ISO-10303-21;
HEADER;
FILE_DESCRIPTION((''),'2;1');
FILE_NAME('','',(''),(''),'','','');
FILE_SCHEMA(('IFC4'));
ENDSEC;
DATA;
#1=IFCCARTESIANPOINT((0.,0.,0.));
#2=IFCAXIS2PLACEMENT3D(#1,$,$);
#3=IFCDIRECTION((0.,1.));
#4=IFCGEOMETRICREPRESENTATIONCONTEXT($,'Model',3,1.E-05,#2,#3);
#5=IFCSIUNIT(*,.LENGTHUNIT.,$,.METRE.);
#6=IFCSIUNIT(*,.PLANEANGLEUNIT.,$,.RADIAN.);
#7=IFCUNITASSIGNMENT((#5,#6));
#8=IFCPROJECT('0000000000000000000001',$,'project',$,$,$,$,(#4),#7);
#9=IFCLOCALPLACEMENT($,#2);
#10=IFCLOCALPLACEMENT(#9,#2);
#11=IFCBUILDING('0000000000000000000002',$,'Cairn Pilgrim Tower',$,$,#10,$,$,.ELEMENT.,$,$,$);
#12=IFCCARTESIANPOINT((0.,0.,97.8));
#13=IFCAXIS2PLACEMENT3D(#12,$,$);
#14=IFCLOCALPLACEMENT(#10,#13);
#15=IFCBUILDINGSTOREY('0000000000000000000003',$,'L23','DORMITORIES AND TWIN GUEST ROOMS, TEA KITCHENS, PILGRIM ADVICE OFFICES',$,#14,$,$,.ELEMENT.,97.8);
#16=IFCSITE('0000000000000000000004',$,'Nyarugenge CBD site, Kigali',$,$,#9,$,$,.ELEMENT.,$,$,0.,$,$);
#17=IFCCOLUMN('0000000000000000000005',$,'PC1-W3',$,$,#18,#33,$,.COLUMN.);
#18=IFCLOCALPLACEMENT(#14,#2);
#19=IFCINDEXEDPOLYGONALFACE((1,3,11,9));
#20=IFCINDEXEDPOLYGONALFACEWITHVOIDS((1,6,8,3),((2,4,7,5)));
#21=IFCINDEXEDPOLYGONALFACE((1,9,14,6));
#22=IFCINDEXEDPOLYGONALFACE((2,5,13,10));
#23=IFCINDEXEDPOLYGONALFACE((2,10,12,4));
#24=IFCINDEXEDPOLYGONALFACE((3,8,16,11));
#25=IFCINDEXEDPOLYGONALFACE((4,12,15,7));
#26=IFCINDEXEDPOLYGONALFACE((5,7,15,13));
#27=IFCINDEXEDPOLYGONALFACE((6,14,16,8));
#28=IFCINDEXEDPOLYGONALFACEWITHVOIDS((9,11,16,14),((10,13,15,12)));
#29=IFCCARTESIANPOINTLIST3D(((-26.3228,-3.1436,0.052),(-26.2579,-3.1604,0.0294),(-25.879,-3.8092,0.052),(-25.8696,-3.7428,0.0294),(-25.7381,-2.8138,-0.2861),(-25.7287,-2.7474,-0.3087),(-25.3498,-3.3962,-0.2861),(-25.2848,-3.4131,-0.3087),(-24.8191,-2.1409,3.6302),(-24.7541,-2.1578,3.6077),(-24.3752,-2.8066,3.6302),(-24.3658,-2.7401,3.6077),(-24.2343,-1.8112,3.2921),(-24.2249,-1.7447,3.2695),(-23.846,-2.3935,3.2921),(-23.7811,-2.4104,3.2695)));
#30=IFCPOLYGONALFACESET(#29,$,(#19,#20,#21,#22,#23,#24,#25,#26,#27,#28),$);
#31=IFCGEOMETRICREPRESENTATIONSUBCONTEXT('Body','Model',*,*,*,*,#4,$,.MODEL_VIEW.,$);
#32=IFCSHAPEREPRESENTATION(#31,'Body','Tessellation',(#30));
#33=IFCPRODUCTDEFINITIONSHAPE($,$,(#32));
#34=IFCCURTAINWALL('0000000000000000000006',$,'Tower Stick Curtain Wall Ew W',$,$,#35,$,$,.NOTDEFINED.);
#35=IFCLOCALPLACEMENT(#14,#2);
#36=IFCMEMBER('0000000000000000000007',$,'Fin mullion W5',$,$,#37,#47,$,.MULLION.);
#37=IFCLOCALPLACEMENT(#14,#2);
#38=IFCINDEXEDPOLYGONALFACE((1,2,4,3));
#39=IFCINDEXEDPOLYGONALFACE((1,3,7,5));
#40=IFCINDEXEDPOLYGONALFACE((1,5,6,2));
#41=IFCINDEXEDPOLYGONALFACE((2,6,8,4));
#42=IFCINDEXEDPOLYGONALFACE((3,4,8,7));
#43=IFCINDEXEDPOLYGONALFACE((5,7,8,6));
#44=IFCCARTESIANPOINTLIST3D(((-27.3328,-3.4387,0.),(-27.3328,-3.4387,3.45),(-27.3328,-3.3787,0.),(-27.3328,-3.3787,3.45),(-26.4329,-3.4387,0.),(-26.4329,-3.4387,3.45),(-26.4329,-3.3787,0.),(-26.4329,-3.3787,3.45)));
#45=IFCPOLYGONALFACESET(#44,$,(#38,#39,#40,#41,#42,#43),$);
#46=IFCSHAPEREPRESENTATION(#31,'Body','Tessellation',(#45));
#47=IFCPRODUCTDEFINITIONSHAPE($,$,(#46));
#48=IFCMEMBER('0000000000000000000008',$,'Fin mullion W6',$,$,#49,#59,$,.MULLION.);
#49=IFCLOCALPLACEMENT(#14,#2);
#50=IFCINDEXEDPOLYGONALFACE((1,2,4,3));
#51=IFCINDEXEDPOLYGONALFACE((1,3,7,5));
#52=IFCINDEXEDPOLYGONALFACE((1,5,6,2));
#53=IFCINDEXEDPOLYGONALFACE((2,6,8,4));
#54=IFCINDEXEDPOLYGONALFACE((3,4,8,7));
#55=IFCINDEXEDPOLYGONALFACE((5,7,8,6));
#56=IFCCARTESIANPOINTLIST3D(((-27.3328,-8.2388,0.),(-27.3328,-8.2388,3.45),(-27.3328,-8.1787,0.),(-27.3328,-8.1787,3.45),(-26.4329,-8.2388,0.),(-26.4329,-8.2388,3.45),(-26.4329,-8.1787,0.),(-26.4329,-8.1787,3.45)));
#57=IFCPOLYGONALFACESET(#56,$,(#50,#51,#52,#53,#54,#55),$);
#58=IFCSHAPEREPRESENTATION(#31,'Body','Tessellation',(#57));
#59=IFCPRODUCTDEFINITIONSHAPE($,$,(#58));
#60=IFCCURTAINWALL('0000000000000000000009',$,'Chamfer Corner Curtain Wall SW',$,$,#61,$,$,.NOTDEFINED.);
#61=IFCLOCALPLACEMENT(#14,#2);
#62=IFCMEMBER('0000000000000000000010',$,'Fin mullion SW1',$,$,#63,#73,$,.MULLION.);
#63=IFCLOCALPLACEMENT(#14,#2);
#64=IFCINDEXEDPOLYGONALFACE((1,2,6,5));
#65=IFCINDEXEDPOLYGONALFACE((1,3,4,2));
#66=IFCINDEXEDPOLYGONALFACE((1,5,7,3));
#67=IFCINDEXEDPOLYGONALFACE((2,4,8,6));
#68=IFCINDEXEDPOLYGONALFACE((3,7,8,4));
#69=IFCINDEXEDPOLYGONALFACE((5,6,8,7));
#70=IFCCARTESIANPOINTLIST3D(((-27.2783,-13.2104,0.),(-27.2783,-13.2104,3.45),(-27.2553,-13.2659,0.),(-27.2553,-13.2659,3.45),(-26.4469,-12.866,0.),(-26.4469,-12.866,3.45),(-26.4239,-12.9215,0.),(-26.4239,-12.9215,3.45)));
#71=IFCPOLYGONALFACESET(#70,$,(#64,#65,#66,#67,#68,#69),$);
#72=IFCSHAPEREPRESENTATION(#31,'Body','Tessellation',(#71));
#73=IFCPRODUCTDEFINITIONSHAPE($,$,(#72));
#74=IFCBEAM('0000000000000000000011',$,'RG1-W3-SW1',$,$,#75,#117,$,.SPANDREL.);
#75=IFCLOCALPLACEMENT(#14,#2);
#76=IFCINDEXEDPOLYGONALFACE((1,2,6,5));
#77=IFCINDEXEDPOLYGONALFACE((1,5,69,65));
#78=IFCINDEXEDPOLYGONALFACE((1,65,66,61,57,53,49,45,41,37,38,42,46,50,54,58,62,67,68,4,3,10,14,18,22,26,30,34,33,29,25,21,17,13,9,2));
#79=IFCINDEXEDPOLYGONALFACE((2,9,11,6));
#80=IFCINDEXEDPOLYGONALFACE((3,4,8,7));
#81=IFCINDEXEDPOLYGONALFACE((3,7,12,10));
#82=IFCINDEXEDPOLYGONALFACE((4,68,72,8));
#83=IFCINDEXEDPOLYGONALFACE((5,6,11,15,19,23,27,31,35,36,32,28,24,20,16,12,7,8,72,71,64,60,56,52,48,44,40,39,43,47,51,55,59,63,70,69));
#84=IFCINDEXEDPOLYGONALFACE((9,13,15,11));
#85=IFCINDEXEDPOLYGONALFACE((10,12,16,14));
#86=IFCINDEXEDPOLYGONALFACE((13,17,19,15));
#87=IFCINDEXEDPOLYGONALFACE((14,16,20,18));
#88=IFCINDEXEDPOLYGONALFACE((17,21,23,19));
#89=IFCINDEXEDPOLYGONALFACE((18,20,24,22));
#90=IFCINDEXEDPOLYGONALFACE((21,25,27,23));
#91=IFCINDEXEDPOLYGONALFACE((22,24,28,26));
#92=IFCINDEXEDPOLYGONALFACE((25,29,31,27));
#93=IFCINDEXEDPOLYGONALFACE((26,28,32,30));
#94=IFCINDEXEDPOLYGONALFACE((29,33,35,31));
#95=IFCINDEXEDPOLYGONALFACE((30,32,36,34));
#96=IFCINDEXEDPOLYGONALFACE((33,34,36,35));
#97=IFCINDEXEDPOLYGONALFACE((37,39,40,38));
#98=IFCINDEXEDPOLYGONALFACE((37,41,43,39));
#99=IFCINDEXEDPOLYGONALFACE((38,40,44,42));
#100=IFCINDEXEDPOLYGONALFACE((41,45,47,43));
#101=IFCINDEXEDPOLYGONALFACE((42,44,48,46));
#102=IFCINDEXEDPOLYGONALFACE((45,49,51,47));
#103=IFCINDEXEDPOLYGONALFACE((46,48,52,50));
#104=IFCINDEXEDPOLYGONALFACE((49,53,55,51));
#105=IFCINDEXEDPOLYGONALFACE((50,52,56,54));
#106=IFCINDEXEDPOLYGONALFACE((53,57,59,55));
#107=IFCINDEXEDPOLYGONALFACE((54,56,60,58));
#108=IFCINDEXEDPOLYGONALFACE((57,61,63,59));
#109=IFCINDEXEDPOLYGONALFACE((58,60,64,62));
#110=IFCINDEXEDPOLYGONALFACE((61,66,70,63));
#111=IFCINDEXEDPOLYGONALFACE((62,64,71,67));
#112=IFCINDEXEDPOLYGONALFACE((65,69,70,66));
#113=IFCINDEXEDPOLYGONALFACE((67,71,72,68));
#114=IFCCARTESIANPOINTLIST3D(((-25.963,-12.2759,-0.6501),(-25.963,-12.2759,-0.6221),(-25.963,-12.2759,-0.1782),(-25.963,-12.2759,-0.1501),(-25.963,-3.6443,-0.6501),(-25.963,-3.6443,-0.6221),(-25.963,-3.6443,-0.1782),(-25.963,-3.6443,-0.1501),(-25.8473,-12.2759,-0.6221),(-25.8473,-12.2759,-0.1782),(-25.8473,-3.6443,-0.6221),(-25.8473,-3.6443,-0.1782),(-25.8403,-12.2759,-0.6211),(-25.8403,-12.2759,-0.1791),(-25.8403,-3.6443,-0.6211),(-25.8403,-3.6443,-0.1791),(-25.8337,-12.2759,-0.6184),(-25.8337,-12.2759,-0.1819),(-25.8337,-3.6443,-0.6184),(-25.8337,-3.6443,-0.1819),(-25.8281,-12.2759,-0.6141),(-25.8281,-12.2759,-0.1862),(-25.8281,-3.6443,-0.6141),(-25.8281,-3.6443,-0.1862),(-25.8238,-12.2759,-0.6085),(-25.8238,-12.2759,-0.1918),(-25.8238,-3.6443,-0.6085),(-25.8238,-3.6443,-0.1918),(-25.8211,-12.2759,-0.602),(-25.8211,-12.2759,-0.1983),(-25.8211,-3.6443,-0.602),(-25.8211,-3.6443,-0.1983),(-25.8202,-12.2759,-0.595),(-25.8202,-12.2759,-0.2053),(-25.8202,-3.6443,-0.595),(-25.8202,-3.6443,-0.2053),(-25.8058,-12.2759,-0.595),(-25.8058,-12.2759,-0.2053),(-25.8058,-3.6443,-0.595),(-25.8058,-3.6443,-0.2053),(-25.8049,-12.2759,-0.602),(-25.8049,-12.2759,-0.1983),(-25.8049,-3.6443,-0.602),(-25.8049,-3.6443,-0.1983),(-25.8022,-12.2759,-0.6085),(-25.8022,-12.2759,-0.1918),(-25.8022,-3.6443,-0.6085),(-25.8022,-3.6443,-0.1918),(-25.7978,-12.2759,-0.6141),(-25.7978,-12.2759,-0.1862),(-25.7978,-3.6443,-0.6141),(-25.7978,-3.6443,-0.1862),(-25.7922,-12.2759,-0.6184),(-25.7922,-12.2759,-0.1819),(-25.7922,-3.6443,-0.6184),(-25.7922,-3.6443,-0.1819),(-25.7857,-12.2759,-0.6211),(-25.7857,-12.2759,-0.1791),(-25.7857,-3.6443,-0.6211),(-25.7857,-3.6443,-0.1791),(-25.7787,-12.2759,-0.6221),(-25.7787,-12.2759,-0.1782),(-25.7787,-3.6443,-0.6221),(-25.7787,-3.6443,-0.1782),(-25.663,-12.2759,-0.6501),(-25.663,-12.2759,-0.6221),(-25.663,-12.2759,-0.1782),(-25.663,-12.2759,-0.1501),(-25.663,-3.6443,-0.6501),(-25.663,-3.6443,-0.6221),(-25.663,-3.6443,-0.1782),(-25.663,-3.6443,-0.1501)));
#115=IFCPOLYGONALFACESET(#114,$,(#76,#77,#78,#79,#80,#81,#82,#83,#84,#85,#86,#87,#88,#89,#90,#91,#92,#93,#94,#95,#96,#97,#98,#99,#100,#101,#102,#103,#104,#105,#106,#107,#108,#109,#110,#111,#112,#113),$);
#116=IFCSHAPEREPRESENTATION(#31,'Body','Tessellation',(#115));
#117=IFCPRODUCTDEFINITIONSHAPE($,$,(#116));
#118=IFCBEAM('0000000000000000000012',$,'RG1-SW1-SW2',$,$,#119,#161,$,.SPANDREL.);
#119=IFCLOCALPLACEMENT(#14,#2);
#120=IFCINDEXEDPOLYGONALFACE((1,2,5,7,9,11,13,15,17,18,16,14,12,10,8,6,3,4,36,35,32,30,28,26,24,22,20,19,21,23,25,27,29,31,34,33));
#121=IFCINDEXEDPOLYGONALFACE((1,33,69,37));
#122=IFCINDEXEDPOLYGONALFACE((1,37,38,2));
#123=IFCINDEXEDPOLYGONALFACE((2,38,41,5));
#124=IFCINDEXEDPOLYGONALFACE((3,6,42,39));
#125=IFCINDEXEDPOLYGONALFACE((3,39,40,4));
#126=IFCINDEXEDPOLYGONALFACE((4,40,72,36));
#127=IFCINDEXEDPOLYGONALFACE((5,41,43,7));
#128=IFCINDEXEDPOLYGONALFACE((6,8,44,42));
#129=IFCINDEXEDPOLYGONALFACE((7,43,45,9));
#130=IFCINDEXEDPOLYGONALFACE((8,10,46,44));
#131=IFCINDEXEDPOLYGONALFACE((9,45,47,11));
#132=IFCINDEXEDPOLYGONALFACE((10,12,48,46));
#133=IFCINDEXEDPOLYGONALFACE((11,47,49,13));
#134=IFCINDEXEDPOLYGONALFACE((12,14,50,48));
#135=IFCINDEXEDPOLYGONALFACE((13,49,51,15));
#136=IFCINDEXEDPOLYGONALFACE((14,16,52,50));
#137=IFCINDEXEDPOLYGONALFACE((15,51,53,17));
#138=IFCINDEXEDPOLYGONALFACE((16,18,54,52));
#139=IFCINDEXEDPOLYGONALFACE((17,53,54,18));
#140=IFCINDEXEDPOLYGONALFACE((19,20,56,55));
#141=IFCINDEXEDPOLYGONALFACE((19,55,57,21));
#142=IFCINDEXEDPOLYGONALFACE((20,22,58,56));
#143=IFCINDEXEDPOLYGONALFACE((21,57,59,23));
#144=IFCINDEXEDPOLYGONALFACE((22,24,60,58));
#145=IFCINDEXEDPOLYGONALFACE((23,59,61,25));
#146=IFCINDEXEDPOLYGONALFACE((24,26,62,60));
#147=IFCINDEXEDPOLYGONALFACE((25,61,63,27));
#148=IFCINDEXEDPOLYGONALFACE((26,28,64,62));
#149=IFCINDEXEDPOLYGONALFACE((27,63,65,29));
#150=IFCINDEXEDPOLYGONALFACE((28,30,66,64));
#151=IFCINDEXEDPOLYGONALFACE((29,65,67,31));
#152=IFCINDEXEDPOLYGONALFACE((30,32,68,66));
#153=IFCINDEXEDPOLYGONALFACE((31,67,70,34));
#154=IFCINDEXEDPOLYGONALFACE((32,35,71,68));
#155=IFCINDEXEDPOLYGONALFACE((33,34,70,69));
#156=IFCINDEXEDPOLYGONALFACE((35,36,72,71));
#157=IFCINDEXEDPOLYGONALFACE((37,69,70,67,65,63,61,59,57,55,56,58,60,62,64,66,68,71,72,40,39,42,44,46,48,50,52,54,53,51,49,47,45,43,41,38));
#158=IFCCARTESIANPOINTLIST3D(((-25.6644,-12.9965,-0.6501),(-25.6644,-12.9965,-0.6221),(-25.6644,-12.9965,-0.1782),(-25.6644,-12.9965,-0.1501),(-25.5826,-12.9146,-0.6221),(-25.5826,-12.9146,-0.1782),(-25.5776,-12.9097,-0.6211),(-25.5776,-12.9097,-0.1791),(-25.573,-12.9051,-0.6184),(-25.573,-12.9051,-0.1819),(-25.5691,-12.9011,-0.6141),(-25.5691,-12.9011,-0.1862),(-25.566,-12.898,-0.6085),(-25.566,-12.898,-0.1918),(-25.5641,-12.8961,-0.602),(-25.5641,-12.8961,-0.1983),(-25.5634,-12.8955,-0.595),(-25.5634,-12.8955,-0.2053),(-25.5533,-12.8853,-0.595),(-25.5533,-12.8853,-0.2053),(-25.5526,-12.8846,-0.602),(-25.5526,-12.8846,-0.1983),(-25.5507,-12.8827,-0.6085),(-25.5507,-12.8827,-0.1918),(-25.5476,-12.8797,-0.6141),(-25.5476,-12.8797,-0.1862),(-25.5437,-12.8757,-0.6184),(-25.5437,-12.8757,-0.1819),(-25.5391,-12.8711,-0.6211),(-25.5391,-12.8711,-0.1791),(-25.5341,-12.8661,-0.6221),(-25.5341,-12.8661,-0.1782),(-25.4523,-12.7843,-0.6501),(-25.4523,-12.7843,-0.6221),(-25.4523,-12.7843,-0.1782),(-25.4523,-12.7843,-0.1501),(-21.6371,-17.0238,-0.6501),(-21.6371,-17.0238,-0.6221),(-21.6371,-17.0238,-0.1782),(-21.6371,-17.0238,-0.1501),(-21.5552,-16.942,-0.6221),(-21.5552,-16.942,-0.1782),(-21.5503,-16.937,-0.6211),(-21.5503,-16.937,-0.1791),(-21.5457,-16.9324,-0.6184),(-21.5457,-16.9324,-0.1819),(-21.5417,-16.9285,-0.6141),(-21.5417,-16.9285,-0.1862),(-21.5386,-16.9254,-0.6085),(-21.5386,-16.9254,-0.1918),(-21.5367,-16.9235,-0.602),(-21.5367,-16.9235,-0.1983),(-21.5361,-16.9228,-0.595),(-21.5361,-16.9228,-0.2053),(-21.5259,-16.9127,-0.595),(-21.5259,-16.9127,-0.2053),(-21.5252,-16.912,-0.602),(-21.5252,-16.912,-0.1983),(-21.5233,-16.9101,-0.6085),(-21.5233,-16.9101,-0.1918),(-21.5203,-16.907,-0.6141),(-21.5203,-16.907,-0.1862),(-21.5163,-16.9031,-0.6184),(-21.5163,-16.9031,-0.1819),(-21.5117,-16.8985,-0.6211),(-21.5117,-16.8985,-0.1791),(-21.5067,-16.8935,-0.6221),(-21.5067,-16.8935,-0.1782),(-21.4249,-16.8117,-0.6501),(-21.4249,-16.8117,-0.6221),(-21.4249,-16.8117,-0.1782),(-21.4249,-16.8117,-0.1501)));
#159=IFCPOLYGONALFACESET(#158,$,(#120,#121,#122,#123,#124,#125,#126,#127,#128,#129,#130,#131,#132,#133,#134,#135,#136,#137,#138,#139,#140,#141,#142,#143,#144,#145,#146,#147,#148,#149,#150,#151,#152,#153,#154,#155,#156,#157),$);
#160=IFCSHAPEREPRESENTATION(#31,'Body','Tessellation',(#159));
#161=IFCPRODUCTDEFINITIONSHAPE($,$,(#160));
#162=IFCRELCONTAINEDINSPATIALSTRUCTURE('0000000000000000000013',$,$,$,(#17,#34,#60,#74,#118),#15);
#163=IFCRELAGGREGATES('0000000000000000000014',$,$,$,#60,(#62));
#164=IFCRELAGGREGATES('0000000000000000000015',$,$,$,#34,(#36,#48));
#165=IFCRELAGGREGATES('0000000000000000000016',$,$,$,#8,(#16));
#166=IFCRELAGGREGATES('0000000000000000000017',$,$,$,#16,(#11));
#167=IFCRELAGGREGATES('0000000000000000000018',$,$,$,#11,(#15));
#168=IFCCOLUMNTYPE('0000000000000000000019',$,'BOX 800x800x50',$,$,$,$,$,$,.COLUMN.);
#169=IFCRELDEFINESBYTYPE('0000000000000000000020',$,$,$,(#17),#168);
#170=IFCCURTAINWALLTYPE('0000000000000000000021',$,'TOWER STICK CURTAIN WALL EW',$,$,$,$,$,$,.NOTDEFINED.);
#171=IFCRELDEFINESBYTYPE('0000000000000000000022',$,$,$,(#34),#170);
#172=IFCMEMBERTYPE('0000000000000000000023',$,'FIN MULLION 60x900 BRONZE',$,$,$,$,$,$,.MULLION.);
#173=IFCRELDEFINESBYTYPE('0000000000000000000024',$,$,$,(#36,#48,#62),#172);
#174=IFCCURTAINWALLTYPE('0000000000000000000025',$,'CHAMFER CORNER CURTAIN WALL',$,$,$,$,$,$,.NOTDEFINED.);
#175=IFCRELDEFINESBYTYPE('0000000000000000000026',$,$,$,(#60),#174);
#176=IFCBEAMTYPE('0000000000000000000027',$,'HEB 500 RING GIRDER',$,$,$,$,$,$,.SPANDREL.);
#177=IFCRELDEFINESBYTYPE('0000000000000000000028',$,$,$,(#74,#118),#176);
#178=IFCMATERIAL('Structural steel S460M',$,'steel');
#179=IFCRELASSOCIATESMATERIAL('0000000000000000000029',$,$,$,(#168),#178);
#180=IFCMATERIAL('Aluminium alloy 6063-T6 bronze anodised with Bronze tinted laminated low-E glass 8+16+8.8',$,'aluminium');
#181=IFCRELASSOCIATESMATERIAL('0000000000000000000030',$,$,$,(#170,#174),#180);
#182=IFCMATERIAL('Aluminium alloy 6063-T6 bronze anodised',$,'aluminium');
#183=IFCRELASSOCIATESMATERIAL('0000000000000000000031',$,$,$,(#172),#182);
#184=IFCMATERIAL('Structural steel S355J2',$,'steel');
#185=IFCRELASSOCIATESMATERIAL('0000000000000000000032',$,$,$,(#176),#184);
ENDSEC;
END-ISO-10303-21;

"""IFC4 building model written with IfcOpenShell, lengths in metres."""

from ifc_helpers import new_model, si_unit, direction, frame, origin, origin_2d, place, context, subcontext, project, spatial, rectangle, hollow_rectangle, i_section, extrude, clip, halfspace, material, material_profile, profile_set, type_object, element, aggregate, save


model = new_model("IFC4")

# Units and contexts
model_context = context("Model", 3, precision=1e-05, world=origin(), true_north=direction((0.0, 1.0)))
body_context = subcontext(model_context, "Body", "Model", "MODEL_VIEW")
ifc_project = project(units=[si_unit("LENGTHUNIT", "METRE"), si_unit("PLANEANGLEUNIT", "RADIAN")], contexts=[model_context])

# Site, building, storey
site_placement = place(None, origin())
site = spatial("IfcSite", under=ifc_project, at=site_placement, Name="Nyarugenge CBD site, Kigali", CompositionType="ELEMENT", RefElevation=0.0)
building_placement = place(site_placement, origin())
building = spatial("IfcBuilding", under=site, at=building_placement, Name="Cairn Pilgrim Tower", CompositionType="ELEMENT")
storey_placement = place(building_placement, frame((0.0, 0.0, 97.8)))
storey = spatial("IfcBuildingStorey", under=building, at=storey_placement, Name="L23", Description="DORMITORIES AND TWIN GUEST ROOMS, TEA KITCHENS, PILGRIM ADVICE OFFICES", CompositionType="ELEMENT", Elevation=97.8)

# Column
ifc_material_1 = material(Name="Structural steel S460M", Category="steel")
ifc_material_profile_1 = material_profile(ifc_material_1, hollow_rectangle(XDim=0.8, YDim=0.8, WallThickness=0.05, at=origin_2d()), Name="BOX 800x800x50")
ifc_profile_set_1 = profile_set([ifc_material_profile_1], Name="Structural steel S460M")
column_type = type_object("IfcColumnType", Name="BOX 800x800x50", PredefinedType="COLUMN", material=ifc_profile_set_1)
for number, where, z_axis, x_axis, name in (
    (1, (-25.813, -3.2844, -0.1501), (0.375114, 0.250116, 0.892598), (-0.554762, 0.832009, 0.0), "PC1-W3"),
):
    element("IfcColumn", number, at=place(storey_placement, frame(where, z_axis=z_axis, x_axis=x_axis)), inside=storey, type_object=column_type, Name=name, PredefinedType="COLUMN", context=body_context, shape_type="Clipping", body=[
        clip(extrude(hollow_rectangle(XDim=0.8, YDim=0.8, WallThickness=0.05, at=origin_2d()), origin(), (0.0, 0.0, 1.0), 4.0332), halfspace(frame((0.0, 0.0, 0.0244), z_axis=(0.0, 0.0, 1.0), x_axis=(1.0, 0.0, 0.0)), True)),
    ])

# Curtain wall, members
ifc_material_2 = material(Name="Aluminium alloy 6063-T6 bronze anodised with Bronze tinted laminated low-E glass 8+16+8.8", Category="aluminium")
curtain_wall_type_1 = type_object("IfcCurtainWallType", Name="TOWER STICK CURTAIN WALL EW", PredefinedType="NOTDEFINED", material=ifc_material_2)
curtain_wall_1_placement = place(storey_placement, origin())
curtain_wall_1 = element("IfcCurtainWall", 2, at=curtain_wall_1_placement, inside=storey, type_object=curtain_wall_type_1, Name="Tower Stick Curtain Wall Ew W", PredefinedType="NOTDEFINED")
ifc_material_3 = material(Name="Aluminium alloy 6063-T6 bronze anodised", Category="aluminium")
ifc_material_profile_2 = material_profile(ifc_material_3, rectangle(XDim=0.8999, YDim=0.0601, at=origin_2d()), Name="FIN MULLION 60x900 BRONZE")
ifc_profile_set_2 = profile_set([ifc_material_profile_2], Name="Aluminium alloy 6063-T6 bronze anodised")
member_type_1 = type_object("IfcMemberType", Name="FIN MULLION 60x900 BRONZE", PredefinedType="MULLION", material=ifc_profile_set_2)
member_1_placement = place(storey_placement, frame((-26.8828, -3.4087, 0.0), z_axis=(0.0, 0.0, 1.0), x_axis=(-1.0, 0.0, 0.0)))
member_1 = element("IfcMember", 3, at=member_1_placement, type_object=member_type_1, Name="Fin mullion W5", PredefinedType="MULLION", context=body_context, shape_type="SweptSolid", body=[
    extrude(rectangle(XDim=0.8999, YDim=0.0601, at=origin_2d()), origin(), (0.0, 0.0, 1.0), 3.45),
])
member_2_placement = place(storey_placement, frame((-26.8828, -8.2087, 0.0), z_axis=(0.0, 0.0, 1.0), x_axis=(-1.0, 0.0, 0.0)))
member_2 = element("IfcMember", 4, at=member_2_placement, type_object=member_type_1, Name="Fin mullion W6", PredefinedType="MULLION", context=body_context, shape_type="SweptSolid", body=[
    extrude(rectangle(XDim=0.8999, YDim=0.0601, at=origin_2d()), origin(), (0.0, 0.0, 1.0), 3.45),
])

# Curtain wall, member
curtain_wall_type_2 = type_object("IfcCurtainWallType", Name="CHAMFER CORNER CURTAIN WALL", PredefinedType="NOTDEFINED", material=ifc_material_2)
curtain_wall_2_placement = place(storey_placement, origin())
curtain_wall_2 = element("IfcCurtainWall", 5, at=curtain_wall_2_placement, inside=storey, type_object=curtain_wall_type_2, Name="Chamfer Corner Curtain Wall SW", PredefinedType="NOTDEFINED")
member_3_placement = place(storey_placement, frame((-26.8511, -13.0659, 0.0), z_axis=(0.0, 0.0, 1.0), x_axis=(-0.92388, -0.382683, 0.0)))
member_3 = element("IfcMember", 6, at=member_3_placement, type_object=member_type_1, Name="Fin mullion SW1", PredefinedType="MULLION", context=body_context, shape_type="SweptSolid", body=[
    extrude(rectangle(XDim=0.8999, YDim=0.0601, at=origin_2d()), origin(), (0.0, 0.0, 1.0), 3.45),
])

# Beams
ifc_material_4 = material(Name="Structural steel S355J2", Category="steel")
ifc_material_profile_3 = material_profile(ifc_material_4, i_section(OverallWidth=0.3, OverallDepth=0.5, WebThickness=0.0144, FlangeThickness=0.0281, FilletRadius=0.0271, at=origin_2d()), Name="HEB 500")
ifc_profile_set_3 = profile_set([ifc_material_profile_3], Name="Structural steel S355J2")
beam_type_1 = type_object("IfcBeamType", Name="HEB 500 RING GIRDER", PredefinedType="SPANDREL", material=ifc_profile_set_3)
beam_1_placement = place(storey_placement, frame((-25.813, -3.6443, -0.4001), z_axis=(0.0, -1.0, 0.0), x_axis=(1.0, 0.0, 0.0)))
element("IfcBeam", 7, at=beam_1_placement, inside=storey, type_object=beam_type_1, Name="RG1-W3-SW1", PredefinedType="SPANDREL", context=body_context, shape_type="SweptSolid", body=[
    extrude(i_section(OverallWidth=0.3, OverallDepth=0.5, WebThickness=0.0144, FlangeThickness=0.0281, FilletRadius=0.0271, at=origin_2d()), origin(), (0.0, 0.0, 1.0), 8.6316),
])
beam_2_placement = place(storey_placement, frame((-25.5583, -12.8904, -0.4001), z_axis=(0.707107, -0.707107, 0.0), x_axis=(0.707107, 0.707107, 0.0)))
element("IfcBeam", 8, at=beam_2_placement, inside=storey, type_object=beam_type_1, Name="RG1-SW1-SW2", PredefinedType="SPANDREL", context=body_context, shape_type="SweptSolid", body=[
    extrude(i_section(OverallWidth=0.3, OverallDepth=0.5, WebThickness=0.0144, FlangeThickness=0.0281, FilletRadius=0.0271, at=origin_2d()), origin(), (0.0, 0.0, 1.0), 5.6956),
])

aggregate(curtain_wall_2, [member_3])

aggregate(curtain_wall_1, [member_1, member_2])

save(model, "model.ifc")
